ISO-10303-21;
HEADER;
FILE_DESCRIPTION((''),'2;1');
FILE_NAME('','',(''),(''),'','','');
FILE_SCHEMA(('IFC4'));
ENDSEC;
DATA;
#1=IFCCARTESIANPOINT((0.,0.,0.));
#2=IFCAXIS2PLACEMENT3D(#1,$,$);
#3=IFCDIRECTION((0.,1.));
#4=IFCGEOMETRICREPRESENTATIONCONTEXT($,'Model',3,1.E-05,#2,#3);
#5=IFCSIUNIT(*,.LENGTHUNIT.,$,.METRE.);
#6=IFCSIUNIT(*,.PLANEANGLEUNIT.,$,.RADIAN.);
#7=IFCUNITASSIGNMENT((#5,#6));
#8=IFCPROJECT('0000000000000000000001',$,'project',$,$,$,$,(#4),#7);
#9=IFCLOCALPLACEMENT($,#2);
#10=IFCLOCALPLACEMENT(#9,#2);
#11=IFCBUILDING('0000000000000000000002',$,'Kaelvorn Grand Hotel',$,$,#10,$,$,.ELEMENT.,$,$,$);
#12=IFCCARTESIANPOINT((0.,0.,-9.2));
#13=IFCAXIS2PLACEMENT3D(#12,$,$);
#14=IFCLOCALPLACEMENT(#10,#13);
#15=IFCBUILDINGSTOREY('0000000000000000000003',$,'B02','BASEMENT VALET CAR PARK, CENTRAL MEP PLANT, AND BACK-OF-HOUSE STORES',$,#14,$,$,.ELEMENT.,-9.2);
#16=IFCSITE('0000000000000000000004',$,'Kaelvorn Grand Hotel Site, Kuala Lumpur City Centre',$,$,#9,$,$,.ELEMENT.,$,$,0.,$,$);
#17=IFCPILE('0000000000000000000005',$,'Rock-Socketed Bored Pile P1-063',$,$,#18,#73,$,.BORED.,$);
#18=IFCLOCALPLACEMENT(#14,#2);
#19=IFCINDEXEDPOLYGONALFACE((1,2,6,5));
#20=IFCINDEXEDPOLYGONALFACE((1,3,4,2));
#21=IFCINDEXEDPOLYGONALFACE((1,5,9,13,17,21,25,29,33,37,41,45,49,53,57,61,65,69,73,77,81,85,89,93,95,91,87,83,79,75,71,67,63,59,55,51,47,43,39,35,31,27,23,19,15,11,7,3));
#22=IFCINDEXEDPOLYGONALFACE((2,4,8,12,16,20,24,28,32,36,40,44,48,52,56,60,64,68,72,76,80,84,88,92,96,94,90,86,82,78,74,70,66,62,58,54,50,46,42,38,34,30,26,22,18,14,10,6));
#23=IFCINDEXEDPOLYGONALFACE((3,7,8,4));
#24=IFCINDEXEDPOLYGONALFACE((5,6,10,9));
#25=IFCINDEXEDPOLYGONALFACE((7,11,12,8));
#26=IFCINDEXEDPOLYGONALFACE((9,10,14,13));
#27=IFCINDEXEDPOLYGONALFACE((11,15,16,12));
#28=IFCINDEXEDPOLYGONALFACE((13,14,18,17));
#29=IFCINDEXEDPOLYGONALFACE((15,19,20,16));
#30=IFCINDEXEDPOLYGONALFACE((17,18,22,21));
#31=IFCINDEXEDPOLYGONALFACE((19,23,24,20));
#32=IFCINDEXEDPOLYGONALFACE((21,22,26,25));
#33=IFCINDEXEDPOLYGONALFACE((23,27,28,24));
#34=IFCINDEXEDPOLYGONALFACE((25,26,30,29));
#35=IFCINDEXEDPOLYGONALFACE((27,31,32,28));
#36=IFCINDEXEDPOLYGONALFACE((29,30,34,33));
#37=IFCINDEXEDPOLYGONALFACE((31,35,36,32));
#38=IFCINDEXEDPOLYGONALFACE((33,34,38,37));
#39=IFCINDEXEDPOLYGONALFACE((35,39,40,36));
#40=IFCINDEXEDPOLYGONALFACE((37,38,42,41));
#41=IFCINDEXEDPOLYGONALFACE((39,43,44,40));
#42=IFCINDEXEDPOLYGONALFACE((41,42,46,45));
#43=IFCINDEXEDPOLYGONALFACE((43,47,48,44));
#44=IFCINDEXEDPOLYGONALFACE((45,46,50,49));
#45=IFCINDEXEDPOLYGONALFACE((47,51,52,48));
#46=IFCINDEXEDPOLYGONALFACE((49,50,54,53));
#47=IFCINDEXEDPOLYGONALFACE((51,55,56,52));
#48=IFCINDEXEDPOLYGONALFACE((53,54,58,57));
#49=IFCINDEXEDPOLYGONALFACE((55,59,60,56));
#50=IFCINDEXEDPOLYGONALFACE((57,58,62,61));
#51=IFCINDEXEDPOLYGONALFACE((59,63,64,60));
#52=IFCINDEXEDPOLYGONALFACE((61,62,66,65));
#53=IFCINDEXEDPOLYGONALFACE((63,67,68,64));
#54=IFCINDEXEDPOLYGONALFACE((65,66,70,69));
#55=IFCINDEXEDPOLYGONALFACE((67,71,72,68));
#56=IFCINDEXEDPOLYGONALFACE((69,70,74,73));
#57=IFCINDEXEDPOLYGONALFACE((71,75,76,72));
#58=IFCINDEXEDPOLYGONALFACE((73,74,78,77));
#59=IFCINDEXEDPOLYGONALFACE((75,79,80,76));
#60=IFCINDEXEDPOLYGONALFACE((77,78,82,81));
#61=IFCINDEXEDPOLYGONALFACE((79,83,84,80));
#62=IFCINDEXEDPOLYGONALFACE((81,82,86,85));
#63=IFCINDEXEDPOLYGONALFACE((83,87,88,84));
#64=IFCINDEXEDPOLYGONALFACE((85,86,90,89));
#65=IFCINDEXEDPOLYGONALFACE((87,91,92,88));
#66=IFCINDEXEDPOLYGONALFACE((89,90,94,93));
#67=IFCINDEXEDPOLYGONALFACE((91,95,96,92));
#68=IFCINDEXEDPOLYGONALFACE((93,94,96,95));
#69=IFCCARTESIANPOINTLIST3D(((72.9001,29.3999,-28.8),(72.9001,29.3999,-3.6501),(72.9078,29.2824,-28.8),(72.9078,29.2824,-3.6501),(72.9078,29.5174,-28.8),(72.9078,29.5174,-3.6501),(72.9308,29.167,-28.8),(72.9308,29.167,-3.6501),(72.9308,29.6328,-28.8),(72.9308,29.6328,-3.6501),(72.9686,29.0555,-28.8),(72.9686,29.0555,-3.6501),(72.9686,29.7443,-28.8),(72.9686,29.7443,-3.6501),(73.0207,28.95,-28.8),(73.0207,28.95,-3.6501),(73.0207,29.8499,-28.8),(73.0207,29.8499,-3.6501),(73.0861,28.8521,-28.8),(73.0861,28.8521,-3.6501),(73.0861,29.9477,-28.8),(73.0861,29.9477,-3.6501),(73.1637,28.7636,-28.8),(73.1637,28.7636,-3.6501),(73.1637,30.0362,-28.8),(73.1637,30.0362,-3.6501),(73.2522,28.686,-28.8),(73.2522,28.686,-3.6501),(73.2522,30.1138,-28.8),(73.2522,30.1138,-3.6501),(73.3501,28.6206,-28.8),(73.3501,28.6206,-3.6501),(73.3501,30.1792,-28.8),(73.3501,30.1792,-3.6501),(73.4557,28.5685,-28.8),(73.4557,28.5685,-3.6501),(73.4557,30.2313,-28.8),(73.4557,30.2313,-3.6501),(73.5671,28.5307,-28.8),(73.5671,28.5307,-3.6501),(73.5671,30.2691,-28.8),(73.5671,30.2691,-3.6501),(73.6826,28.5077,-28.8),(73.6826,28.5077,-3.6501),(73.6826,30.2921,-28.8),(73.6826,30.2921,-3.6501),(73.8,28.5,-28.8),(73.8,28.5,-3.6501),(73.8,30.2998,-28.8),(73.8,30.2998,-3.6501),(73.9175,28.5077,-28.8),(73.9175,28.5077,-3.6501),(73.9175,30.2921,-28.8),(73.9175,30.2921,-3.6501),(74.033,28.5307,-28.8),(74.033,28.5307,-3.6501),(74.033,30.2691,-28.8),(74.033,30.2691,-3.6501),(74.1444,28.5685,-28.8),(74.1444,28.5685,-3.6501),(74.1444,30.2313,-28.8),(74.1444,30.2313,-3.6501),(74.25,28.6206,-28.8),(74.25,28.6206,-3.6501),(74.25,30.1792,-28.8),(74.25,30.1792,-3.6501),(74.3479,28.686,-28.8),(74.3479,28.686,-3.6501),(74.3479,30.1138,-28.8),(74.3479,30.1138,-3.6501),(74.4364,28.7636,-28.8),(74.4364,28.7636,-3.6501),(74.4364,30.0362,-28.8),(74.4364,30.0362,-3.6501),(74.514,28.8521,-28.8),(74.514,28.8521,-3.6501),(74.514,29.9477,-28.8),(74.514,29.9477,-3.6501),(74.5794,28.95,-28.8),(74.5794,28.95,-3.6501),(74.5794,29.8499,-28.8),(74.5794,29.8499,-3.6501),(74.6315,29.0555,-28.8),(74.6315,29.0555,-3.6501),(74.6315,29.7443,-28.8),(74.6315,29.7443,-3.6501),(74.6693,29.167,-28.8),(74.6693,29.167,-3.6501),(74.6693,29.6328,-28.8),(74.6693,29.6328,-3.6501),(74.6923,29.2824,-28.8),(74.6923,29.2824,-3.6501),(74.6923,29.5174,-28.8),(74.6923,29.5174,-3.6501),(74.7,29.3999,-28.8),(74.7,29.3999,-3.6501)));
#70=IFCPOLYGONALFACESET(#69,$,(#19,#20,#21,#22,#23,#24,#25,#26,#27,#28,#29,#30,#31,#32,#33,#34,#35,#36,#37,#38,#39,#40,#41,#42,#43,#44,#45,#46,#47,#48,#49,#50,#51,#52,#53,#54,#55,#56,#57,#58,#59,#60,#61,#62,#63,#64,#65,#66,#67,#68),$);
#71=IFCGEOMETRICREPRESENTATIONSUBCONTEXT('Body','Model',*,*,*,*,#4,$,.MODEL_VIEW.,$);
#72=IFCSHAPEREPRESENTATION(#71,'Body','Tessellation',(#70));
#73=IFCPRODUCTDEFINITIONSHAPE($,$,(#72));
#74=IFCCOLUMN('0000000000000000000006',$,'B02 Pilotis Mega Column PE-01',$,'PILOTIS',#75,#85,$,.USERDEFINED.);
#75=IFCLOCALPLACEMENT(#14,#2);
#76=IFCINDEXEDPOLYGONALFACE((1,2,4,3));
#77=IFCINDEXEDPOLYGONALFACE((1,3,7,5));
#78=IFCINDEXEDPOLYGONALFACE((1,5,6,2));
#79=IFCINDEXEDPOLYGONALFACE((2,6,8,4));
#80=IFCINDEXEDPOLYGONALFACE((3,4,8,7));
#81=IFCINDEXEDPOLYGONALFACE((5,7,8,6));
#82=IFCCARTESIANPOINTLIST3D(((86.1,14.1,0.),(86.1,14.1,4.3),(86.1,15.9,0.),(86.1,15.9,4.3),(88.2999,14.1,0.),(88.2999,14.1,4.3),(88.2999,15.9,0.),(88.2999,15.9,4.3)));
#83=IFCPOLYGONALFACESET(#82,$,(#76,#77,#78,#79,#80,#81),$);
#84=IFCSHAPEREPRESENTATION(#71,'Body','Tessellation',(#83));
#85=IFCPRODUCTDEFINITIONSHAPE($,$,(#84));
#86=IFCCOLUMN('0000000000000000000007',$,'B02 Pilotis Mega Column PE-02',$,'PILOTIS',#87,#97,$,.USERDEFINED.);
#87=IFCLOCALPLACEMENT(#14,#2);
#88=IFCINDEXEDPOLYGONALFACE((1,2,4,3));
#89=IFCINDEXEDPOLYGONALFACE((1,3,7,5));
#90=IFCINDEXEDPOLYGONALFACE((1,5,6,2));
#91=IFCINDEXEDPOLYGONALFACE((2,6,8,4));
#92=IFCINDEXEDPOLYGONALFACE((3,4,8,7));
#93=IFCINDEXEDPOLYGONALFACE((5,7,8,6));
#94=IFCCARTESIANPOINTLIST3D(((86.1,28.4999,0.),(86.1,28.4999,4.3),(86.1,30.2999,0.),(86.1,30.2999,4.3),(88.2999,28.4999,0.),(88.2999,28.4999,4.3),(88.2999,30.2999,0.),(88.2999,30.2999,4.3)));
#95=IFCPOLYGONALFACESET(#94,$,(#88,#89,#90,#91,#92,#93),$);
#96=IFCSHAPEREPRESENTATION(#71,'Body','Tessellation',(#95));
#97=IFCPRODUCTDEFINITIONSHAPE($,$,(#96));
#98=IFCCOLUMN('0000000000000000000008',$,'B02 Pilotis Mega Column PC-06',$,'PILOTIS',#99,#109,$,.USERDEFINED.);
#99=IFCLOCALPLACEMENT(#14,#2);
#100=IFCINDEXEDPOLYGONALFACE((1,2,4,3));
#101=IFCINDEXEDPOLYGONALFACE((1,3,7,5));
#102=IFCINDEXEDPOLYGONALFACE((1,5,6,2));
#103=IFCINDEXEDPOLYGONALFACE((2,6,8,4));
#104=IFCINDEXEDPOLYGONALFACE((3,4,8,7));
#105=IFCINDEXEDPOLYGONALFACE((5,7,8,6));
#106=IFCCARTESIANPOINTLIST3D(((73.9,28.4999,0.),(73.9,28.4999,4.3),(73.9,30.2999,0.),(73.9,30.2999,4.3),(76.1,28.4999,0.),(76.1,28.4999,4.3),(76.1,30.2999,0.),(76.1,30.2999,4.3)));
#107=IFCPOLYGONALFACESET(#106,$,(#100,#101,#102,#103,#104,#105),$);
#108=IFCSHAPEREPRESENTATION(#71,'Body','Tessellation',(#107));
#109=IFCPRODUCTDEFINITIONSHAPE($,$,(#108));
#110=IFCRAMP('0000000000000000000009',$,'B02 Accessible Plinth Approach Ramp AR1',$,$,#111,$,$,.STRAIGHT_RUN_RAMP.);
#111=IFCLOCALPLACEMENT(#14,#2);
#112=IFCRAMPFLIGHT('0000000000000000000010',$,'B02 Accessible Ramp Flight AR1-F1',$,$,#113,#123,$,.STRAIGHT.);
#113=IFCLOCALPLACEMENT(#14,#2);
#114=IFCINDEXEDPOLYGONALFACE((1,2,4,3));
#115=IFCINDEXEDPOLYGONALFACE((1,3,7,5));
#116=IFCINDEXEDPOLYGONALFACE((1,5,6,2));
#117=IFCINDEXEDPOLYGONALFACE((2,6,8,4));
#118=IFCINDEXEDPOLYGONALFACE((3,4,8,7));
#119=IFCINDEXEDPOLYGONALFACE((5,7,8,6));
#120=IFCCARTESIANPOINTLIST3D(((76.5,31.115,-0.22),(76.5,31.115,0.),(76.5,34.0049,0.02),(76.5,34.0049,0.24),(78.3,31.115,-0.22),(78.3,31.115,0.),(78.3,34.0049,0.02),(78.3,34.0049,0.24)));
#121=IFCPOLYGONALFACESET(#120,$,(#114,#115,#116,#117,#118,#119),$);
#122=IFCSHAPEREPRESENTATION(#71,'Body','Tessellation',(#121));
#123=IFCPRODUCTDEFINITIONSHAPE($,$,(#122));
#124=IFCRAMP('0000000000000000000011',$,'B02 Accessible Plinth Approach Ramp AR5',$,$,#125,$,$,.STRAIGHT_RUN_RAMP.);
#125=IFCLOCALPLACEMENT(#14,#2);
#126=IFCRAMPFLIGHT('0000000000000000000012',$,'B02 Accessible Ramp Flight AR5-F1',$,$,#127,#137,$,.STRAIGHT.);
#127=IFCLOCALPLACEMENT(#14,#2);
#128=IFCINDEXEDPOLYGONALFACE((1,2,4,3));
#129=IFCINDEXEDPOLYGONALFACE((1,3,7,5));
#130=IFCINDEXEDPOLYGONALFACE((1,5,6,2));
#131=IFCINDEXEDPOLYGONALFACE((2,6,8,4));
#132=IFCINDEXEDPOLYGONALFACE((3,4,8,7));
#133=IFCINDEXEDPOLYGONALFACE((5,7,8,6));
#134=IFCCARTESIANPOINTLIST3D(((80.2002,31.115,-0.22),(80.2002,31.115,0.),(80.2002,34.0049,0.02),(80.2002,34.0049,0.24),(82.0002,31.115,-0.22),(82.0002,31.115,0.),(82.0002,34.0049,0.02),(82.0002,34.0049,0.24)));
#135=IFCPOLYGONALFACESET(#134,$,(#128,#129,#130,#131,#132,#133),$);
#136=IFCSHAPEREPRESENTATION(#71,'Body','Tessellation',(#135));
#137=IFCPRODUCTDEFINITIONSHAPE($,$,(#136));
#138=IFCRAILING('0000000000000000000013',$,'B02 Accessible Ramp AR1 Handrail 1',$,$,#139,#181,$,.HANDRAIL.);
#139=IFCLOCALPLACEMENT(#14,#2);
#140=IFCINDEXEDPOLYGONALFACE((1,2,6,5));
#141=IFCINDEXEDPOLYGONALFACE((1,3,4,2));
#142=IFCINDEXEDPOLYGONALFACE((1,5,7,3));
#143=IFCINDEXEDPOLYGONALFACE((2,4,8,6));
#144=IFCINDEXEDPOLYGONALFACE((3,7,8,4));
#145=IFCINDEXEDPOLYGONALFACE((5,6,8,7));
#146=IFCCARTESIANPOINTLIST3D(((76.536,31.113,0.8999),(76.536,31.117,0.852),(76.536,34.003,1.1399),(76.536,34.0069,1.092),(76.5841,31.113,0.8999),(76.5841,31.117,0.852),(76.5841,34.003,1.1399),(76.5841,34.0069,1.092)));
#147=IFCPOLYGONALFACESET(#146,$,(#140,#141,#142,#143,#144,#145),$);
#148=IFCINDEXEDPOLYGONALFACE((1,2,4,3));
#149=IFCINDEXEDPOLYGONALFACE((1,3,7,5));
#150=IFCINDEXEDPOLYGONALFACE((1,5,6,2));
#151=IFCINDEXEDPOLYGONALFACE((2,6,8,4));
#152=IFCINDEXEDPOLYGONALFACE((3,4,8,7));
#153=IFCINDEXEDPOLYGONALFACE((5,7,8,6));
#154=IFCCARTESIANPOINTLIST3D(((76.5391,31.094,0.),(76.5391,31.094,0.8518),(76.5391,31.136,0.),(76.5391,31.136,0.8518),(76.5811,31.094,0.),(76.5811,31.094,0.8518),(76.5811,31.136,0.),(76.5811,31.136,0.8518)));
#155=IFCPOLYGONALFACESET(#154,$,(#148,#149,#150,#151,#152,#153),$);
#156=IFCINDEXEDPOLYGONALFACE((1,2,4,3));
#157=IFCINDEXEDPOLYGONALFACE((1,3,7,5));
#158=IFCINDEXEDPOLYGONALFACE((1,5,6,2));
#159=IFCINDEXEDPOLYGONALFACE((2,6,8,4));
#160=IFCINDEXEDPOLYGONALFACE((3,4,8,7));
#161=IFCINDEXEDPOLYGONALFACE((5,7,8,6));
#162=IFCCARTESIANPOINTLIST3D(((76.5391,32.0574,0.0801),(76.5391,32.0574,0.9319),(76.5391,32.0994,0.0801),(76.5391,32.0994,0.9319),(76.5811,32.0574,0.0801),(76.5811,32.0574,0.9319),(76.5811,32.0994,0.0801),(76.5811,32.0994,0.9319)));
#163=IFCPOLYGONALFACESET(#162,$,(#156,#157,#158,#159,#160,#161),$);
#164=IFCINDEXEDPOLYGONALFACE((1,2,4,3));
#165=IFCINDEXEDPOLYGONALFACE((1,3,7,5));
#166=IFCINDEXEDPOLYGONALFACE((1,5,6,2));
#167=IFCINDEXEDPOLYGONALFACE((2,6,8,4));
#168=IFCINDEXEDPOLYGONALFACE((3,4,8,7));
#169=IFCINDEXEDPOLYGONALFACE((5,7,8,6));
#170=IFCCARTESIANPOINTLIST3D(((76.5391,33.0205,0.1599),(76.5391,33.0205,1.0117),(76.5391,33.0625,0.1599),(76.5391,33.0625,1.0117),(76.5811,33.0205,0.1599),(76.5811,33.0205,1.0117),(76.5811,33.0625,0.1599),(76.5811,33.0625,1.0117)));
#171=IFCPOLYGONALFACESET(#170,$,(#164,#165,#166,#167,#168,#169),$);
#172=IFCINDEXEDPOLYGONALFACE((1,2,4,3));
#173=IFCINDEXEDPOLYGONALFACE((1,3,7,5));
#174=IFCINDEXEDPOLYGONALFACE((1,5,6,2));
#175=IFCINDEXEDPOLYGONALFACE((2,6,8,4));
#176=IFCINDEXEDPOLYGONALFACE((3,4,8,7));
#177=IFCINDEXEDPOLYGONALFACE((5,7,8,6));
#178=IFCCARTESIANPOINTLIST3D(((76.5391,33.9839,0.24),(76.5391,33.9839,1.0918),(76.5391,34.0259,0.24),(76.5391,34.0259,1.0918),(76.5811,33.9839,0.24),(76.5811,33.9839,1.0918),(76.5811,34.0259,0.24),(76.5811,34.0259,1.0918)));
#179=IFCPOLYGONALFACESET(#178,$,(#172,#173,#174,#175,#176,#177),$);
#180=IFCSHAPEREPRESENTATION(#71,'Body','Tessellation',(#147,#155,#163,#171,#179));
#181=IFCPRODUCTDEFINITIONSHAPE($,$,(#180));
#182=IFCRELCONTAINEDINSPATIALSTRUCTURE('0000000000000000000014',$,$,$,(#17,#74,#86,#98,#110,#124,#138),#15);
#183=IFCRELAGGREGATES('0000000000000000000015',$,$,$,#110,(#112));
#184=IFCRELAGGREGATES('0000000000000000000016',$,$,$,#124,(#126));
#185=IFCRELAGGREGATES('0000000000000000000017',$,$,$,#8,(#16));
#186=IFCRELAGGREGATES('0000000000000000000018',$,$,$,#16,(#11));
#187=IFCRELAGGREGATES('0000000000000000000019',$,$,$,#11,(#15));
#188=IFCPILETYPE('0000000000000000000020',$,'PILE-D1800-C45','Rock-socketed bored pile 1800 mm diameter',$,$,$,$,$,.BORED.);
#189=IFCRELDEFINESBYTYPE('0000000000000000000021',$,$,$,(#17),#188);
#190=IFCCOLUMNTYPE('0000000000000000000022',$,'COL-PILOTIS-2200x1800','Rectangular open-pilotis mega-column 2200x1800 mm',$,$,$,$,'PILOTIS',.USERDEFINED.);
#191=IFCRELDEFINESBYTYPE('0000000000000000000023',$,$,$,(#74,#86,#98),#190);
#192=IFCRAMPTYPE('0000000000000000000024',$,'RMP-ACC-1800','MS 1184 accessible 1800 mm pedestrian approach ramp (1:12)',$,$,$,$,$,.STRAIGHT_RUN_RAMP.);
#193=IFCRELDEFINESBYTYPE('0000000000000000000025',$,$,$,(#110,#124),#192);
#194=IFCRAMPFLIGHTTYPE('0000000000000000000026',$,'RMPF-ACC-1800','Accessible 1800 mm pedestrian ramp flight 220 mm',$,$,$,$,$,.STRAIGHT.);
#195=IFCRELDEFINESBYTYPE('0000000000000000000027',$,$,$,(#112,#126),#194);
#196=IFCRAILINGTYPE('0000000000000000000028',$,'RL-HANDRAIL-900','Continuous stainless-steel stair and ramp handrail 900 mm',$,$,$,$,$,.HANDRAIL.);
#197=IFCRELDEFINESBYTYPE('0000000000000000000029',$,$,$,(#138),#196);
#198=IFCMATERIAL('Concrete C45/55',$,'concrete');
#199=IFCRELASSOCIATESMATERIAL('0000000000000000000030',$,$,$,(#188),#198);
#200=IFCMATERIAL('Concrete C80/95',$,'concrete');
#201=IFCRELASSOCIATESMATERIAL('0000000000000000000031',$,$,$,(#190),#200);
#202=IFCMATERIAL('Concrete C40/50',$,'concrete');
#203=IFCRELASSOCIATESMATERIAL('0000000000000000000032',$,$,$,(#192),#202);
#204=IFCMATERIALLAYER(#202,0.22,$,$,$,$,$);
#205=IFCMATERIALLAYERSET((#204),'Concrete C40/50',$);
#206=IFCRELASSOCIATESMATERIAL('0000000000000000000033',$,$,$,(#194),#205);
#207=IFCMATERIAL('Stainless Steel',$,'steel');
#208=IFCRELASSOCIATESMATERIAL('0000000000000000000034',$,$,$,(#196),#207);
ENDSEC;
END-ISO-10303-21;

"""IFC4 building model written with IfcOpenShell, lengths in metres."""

from ifc_helpers import new_model, si_unit, direction, frame, origin, origin_2d, place, context, subcontext, project, spatial, polyline, rectangle, circle, outline, extrude, material, layer, layer_set, material_profile, profile_set, type_object, element, aggregate, save


model = new_model("IFC4")

# Units and contexts
model_context = context("Model", 3, precision=1e-05, world=origin(), true_north=direction((0.0, 1.0)))
body_context = subcontext(model_context, "Body", "Model", "MODEL_VIEW")
ifc_project = project(units=[si_unit("LENGTHUNIT", "METRE"), si_unit("PLANEANGLEUNIT", "RADIAN")], contexts=[model_context])

# Site, building, storey
site_placement = place(None, origin())
site = spatial("IfcSite", under=ifc_project, at=site_placement, Name="Kaelvorn Grand Hotel Site, Kuala Lumpur City Centre", CompositionType="ELEMENT", RefElevation=0.0)
building_placement = place(site_placement, origin())
building = spatial("IfcBuilding", under=site, at=building_placement, Name="Kaelvorn Grand Hotel", CompositionType="ELEMENT")
storey_placement = place(building_placement, frame((0.0, 0.0, -9.2)))
storey = spatial("IfcBuildingStorey", under=building, at=storey_placement, Name="B02", Description="BASEMENT VALET CAR PARK, CENTRAL MEP PLANT, AND BACK-OF-HOUSE STORES", CompositionType="ELEMENT", Elevation=-9.2)

# Pile
ifc_material_1 = material(Name="Concrete C45/55", Category="concrete")
ifc_material_profile_1 = material_profile(ifc_material_1, circle(Radius=0.8999, at=origin_2d()), Name="BORED PILE D1800")
ifc_profile_set_1 = profile_set([ifc_material_profile_1], Name="Concrete C45/55")
pile_type_1 = type_object("IfcPileType", Name="PILE-D1800-C45", Description="Rock-socketed bored pile 1800 mm diameter", PredefinedType="BORED", material=ifc_profile_set_1)
for number, where, z_axis, x_axis, name in (
    (1, (73.8, 29.3999, -3.6501), (0.0, 0.0, -1.0), (1.0, 0.0, 0.0), "Rock-Socketed Bored Pile P1-063"),
):
    element("IfcPile", number, at=place(storey_placement, frame(where, z_axis=z_axis, x_axis=x_axis)), inside=storey, type_object=pile_type_1, Name=name, PredefinedType="BORED", context=body_context, shape_type="SweptSolid", body=[
        extrude(circle(Radius=0.8999, at=origin_2d()), origin(), (0.0, 0.0, 1.0), 25.1499),
    ])

# Columns
ifc_material_2 = material(Name="Concrete C80/95", Category="concrete")
ifc_material_profile_2 = material_profile(ifc_material_2, rectangle(XDim=2.2, YDim=1.8, at=origin_2d()), Name="PILOTIS 2200x1800")
ifc_profile_set_2 = profile_set([ifc_material_profile_2], Name="Concrete C80/95")
column_type = type_object("IfcColumnType", Name="COL-PILOTIS-2200x1800", Description="Rectangular open-pilotis mega-column 2200x1800 mm", ElementType="PILOTIS", PredefinedType="USERDEFINED", material=ifc_profile_set_2)
for number, where, z_axis, x_axis, name in (
    (2, (87.2, 15.0, 0.0), (0.0, 0.0, 1.0), (1.0, 0.0, 0.0), "B02 Pilotis Mega Column PE-01"),
    (3, (87.2, 29.3999, 0.0), (0.0, 0.0, 1.0), (1.0, 0.0, 0.0), "B02 Pilotis Mega Column PE-02"),
    (4, (75.0, 29.3999, 0.0), (0.0, 0.0, 1.0), (1.0, 0.0, 0.0), "B02 Pilotis Mega Column PC-06"),
):
    element("IfcColumn", number, at=place(storey_placement, frame(where, z_axis=z_axis, x_axis=x_axis)), inside=storey, type_object=column_type, Name=name, ObjectType="PILOTIS", PredefinedType="USERDEFINED", context=body_context, shape_type="SweptSolid", body=[
        extrude(rectangle(XDim=2.2, YDim=1.8, at=origin_2d()), origin(), (0.0, 0.0, 1.0), 4.3),
    ])

# Ramps, ramp flights
ifc_material_3 = material(Name="Concrete C40/50", Category="concrete")
ramp_type = type_object("IfcRampType", Name="RMP-ACC-1800", Description="MS 1184 accessible 1800 mm pedestrian approach ramp (1:12)", PredefinedType="STRAIGHT_RUN_RAMP", material=ifc_material_3)
ramp_1_placement = place(storey_placement, origin())
ramp_1 = element("IfcRamp", 5, at=ramp_1_placement, inside=storey, type_object=ramp_type, Name="B02 Accessible Plinth Approach Ramp AR1", PredefinedType="STRAIGHT_RUN_RAMP")
ifc_layer_1 = layer(ifc_material_3, 0.22)
ifc_layer_set_1 = layer_set([ifc_layer_1], Name="Concrete C40/50")
ramp_flight_type = type_object("IfcRampFlightType", Name="RMPF-ACC-1800", Description="Accessible 1800 mm pedestrian ramp flight 220 mm", PredefinedType="STRAIGHT", material=ifc_layer_set_1)
ramp_flight_1_placement = place(storey_placement, frame((77.3999, 31.115, 0.0), z_axis=(0.0, 0.0, 1.0), x_axis=(0.0, 1.0, 0.0)))
ramp_flight_1 = element("IfcRampFlight", 6, at=ramp_flight_1_placement, type_object=ramp_flight_type, Name="B02 Accessible Ramp Flight AR1-F1", PredefinedType="STRAIGHT", context=body_context, shape_type="SweptSolid", body=[
    extrude(outline(polyline([(0.0, 0.0), (2.8899, 0.24), (2.8899, 0.02), (0.0, -0.22), (0.0, 0.0)])), frame((0.0, 0.8999, 0.0), z_axis=(0.0, -1.0, 0.0), x_axis=(1.0, 0.0, 0.0)), (0.0, 0.0, 1.0), 1.8),
])
aggregate(ramp_1, [ramp_flight_1])
ramp_2_placement = place(storey_placement, origin())
ramp_2 = element("IfcRamp", 7, at=ramp_2_placement, inside=storey, type_object=ramp_type, Name="B02 Accessible Plinth Approach Ramp AR5", PredefinedType="STRAIGHT_RUN_RAMP")
ramp_flight_2_placement = place(storey_placement, frame((81.1001, 31.115, 0.0), z_axis=(0.0, 0.0, 1.0), x_axis=(0.0, 1.0, 0.0)))
ramp_flight_2 = element("IfcRampFlight", 8, at=ramp_flight_2_placement, type_object=ramp_flight_type, Name="B02 Accessible Ramp Flight AR5-F1", PredefinedType="STRAIGHT", context=body_context, shape_type="SweptSolid", body=[
    extrude(outline(polyline([(0.0, 0.0), (2.8899, 0.24), (2.8899, 0.02), (0.0, -0.22), (0.0, 0.0)])), frame((0.0, 0.8999, 0.0), z_axis=(0.0, -1.0, 0.0), x_axis=(1.0, 0.0, 0.0)), (0.0, 0.0, 1.0), 1.8),
])
aggregate(ramp_2, [ramp_flight_2])

# Railing
ifc_material_4 = material(Name="Stainless Steel", Category="steel")
railing_type = type_object("IfcRailingType", Name="RL-HANDRAIL-900", Description="Continuous stainless-steel stair and ramp handrail 900 mm", PredefinedType="HANDRAIL", material=ifc_material_4)
for number, where, name in (
    (9, (76.5601, 31.115, 0.0), "B02 Accessible Ramp AR1 Handrail 1"),
):
    element("IfcRailing", number, at=place(storey_placement, frame(where)), inside=storey, type_object=railing_type, Name=name, PredefinedType="HANDRAIL", context=body_context, shape_type="SweptSolid", body=[
        extrude(rectangle(XDim=0.0481, YDim=0.0481, at=origin_2d()), frame((0.0, 0.0, 0.876), z_axis=(0.0, 0.99657, 0.08276), x_axis=(-1.0, 0.0, 0.0)), (0.0, 0.0, 1.0), 2.8999),
        extrude(rectangle(XDim=0.042, YDim=0.042, at=origin_2d()), origin(), (0.0, 0.0, 1.0), 0.8518),
        extrude(rectangle(XDim=0.042, YDim=0.042, at=origin_2d()), frame((0.0, 0.9634, 0.0801)), (0.0, 0.0, 1.0), 0.8518),
        extrude(rectangle(XDim=0.042, YDim=0.042, at=origin_2d()), frame((0.0, 1.9265, 0.1599)), (0.0, 0.0, 1.0), 0.8518),
        extrude(rectangle(XDim=0.042, YDim=0.042, at=origin_2d()), frame((0.0, 2.8899, 0.24)), (0.0, 0.0, 1.0), 0.8518),
    ])

save(model, "model.ifc")
